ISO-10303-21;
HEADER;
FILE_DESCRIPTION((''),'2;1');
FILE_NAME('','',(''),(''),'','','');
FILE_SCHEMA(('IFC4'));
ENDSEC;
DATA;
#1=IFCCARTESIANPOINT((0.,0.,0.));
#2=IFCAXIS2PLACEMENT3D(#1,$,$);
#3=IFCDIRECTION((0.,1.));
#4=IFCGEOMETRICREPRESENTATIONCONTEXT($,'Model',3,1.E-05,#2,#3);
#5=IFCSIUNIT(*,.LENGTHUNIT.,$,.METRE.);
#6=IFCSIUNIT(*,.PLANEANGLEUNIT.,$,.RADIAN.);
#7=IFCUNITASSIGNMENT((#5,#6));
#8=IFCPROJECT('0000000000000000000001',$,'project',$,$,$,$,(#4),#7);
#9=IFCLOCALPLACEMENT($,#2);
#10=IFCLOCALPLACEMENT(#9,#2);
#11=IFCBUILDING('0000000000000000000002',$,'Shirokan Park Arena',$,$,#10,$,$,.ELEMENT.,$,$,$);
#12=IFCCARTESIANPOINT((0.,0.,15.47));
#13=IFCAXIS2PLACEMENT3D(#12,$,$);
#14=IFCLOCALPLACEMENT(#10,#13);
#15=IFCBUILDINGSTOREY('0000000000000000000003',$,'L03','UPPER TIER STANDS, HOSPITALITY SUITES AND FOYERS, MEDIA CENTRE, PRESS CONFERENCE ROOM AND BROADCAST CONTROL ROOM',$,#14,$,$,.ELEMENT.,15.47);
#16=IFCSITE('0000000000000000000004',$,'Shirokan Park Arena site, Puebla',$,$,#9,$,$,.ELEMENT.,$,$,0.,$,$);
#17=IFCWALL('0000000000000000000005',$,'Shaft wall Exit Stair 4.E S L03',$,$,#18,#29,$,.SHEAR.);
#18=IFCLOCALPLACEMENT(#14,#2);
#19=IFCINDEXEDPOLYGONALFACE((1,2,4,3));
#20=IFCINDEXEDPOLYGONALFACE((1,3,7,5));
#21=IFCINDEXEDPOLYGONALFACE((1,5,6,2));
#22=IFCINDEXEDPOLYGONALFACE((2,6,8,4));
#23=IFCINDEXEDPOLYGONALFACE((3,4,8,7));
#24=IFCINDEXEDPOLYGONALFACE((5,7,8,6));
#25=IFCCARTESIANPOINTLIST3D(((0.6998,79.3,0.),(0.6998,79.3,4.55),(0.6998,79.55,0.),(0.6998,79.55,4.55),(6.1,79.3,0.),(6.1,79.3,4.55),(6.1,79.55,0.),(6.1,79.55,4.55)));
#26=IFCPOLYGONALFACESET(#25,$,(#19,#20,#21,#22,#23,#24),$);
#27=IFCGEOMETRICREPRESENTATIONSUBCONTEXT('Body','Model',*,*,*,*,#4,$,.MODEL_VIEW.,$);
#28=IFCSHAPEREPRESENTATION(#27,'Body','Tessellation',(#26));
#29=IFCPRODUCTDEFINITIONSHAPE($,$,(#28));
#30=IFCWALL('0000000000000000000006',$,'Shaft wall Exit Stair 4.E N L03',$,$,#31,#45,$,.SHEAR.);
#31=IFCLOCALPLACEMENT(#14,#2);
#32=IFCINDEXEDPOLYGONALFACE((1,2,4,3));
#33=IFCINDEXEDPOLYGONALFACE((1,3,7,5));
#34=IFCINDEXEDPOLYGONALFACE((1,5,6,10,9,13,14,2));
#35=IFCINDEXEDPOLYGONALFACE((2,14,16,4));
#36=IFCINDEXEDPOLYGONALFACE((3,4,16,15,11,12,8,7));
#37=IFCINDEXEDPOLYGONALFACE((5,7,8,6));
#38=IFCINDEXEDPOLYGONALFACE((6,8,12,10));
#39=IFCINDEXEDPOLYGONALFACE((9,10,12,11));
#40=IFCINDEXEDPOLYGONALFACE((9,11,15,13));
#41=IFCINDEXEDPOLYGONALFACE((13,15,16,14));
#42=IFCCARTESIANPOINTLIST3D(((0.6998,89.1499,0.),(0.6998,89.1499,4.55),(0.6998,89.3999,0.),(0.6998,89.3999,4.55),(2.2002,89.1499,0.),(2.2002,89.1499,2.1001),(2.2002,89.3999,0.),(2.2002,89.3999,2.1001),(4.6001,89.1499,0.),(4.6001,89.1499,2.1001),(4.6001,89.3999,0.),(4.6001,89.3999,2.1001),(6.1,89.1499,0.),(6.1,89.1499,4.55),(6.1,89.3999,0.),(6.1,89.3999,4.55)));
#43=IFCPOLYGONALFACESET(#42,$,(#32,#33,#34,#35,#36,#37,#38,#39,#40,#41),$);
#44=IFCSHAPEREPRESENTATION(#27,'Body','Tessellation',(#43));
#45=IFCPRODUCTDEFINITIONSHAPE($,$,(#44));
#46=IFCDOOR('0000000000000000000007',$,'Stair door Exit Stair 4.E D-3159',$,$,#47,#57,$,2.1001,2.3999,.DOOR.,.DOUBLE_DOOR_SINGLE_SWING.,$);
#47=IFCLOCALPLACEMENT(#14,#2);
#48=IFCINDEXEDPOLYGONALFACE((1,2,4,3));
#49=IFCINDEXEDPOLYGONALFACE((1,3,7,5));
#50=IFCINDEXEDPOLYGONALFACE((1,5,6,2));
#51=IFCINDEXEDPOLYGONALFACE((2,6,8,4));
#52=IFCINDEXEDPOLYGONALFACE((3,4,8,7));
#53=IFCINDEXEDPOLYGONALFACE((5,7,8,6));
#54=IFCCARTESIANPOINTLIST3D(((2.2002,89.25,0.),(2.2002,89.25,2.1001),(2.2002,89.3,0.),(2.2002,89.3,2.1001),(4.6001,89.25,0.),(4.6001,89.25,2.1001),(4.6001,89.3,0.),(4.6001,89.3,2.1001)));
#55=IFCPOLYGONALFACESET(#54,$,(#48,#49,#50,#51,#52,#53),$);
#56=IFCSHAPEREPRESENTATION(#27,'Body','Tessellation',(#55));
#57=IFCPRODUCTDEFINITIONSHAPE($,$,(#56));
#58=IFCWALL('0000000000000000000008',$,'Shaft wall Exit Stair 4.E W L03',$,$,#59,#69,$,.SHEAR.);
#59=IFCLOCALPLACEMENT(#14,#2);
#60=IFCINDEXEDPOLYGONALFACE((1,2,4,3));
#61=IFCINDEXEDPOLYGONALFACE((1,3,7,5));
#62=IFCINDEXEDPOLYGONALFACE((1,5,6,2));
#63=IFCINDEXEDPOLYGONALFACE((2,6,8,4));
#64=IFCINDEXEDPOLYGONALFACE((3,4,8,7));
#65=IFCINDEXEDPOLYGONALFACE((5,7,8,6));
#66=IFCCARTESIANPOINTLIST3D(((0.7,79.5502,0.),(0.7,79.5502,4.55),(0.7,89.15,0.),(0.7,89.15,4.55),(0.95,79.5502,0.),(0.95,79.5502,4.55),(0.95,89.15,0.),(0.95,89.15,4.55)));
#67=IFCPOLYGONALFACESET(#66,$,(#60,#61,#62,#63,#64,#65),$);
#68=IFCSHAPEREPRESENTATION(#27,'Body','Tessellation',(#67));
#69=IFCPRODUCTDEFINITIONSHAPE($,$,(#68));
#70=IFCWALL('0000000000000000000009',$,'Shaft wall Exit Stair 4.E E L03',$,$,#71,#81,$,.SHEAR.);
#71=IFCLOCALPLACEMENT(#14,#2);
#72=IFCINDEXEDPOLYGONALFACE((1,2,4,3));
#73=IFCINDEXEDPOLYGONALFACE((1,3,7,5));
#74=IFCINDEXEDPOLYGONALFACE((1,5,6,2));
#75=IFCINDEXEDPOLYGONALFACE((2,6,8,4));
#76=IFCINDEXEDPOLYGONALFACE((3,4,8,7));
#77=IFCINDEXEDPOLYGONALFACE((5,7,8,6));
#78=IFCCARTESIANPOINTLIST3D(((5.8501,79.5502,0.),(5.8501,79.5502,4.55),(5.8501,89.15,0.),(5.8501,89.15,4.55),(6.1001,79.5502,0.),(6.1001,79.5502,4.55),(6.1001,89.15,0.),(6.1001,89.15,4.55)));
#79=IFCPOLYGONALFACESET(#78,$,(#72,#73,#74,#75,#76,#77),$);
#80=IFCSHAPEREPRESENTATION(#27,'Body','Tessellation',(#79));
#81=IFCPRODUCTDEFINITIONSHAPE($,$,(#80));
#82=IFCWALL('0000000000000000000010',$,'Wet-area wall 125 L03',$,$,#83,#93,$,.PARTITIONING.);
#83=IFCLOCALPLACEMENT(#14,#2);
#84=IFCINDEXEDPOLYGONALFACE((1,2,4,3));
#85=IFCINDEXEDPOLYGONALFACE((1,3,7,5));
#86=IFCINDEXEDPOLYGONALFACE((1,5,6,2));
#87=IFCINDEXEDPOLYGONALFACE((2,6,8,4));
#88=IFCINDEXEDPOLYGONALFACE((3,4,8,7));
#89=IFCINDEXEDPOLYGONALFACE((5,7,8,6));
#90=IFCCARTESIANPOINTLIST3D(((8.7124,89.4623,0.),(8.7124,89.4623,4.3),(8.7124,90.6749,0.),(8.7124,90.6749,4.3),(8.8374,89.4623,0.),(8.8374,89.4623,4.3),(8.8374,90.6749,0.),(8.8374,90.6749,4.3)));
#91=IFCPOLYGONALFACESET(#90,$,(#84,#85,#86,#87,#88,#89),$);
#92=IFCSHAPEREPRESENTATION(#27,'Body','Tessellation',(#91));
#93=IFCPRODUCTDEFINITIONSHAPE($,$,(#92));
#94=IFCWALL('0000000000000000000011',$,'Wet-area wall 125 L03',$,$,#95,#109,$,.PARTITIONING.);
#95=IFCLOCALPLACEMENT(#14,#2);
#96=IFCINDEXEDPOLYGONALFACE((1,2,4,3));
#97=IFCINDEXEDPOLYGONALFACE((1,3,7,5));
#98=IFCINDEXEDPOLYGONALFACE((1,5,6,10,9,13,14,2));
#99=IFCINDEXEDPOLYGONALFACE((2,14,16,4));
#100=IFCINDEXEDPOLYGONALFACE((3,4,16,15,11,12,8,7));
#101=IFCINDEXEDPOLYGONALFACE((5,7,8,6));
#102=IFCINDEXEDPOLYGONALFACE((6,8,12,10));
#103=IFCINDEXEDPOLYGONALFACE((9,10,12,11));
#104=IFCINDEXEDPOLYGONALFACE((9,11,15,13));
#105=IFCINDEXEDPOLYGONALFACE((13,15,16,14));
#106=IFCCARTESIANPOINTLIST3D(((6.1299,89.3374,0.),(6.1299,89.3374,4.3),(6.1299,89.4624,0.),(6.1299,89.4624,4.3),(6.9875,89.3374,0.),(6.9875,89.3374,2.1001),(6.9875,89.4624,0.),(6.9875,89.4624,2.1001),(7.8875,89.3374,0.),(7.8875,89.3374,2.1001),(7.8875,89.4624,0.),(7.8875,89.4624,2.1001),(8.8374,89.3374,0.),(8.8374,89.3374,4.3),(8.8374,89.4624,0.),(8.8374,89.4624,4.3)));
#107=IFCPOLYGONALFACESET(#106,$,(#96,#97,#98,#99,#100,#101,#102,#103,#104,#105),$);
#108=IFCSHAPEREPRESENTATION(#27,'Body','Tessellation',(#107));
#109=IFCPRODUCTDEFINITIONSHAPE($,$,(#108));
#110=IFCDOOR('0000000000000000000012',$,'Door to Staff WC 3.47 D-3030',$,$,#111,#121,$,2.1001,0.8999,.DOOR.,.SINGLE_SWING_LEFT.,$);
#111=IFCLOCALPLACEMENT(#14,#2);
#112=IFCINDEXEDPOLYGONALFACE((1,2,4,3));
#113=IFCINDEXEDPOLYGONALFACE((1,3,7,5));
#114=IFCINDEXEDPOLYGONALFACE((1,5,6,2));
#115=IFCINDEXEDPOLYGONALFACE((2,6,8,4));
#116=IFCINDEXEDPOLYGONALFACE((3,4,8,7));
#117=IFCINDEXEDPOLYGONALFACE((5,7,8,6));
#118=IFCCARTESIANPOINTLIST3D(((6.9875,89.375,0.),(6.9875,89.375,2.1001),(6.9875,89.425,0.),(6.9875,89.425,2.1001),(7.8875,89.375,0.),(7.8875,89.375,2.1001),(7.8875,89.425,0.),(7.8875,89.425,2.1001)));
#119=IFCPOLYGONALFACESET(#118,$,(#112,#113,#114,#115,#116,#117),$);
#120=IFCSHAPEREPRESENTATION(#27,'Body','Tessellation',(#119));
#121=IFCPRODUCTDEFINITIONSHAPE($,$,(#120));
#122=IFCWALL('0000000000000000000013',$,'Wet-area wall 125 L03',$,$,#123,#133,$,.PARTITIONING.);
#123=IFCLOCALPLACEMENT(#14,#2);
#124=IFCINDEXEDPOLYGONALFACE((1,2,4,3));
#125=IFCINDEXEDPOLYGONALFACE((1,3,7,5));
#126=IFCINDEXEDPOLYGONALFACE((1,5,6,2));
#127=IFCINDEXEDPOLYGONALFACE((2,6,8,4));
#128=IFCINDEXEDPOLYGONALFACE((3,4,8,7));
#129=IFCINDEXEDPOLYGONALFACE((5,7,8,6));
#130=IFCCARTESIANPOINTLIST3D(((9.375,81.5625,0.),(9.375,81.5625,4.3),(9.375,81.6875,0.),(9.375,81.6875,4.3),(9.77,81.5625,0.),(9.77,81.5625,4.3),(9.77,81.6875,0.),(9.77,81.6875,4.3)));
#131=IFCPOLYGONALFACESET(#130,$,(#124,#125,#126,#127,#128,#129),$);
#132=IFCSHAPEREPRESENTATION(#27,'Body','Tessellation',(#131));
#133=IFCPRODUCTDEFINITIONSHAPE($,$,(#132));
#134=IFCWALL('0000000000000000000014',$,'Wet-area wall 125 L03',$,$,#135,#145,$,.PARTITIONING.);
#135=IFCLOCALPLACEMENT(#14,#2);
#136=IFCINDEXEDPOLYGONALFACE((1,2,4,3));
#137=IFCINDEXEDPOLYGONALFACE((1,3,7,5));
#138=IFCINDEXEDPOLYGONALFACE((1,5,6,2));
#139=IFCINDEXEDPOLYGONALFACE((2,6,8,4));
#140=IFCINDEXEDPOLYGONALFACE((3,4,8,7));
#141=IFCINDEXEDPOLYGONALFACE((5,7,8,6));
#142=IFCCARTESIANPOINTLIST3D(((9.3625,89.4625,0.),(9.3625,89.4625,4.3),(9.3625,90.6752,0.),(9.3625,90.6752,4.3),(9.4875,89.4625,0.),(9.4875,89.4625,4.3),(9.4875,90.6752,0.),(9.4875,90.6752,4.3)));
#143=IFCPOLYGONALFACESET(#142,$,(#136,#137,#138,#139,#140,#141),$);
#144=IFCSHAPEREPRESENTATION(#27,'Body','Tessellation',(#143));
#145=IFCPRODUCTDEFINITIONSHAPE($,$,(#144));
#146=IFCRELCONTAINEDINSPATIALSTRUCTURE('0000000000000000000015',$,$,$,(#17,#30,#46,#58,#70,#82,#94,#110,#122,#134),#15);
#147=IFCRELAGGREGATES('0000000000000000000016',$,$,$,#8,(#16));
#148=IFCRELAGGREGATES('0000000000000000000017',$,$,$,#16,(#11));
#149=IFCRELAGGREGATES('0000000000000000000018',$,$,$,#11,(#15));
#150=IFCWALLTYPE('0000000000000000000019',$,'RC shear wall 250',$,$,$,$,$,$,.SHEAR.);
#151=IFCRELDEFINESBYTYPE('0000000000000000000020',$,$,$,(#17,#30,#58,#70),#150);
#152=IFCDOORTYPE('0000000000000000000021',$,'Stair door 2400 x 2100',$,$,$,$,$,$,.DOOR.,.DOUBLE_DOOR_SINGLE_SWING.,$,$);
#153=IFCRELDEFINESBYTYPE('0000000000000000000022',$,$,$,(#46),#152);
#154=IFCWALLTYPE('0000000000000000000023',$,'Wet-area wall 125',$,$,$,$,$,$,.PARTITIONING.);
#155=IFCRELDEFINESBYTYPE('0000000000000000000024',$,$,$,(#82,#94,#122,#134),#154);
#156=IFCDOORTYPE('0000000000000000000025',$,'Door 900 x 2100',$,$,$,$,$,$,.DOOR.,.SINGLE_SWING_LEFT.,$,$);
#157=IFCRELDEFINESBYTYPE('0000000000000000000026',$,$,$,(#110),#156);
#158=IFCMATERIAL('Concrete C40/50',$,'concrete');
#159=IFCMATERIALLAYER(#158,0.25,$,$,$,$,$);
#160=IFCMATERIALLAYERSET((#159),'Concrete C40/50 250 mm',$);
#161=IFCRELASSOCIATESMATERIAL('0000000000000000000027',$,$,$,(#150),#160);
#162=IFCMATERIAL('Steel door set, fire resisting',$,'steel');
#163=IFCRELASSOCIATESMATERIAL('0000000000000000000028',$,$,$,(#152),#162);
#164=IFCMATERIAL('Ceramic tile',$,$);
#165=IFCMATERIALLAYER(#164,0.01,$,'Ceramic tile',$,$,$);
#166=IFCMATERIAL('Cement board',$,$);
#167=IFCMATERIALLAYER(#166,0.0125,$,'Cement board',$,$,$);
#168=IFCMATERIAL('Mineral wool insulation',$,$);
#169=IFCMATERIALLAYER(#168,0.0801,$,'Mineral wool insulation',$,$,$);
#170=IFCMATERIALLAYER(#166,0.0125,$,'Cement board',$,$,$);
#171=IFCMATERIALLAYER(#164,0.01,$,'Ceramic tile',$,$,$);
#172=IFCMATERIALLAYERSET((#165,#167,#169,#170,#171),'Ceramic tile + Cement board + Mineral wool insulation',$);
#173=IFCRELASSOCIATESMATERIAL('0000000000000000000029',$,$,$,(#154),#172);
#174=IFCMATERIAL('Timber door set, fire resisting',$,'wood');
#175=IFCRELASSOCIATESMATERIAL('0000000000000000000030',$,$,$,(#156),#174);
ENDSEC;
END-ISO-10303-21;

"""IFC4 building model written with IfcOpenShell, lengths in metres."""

from ifc_helpers import new_model, si_unit, direction, frame, frame_2d, origin, place, context, subcontext, project, spatial, rectangle, extrude, material, layer, layer_set, type_object, element, fill, save


model = new_model("IFC4")

# Units and contexts
model_context = context("Model", 3, precision=1e-05, world=origin(), true_north=direction((0.0, 1.0)))
body_context = subcontext(model_context, "Body", "Model", "MODEL_VIEW")
ifc_project = project(units=[si_unit("LENGTHUNIT", "METRE"), si_unit("PLANEANGLEUNIT", "RADIAN")], contexts=[model_context])

# Site, building, storey
site_placement = place(None, origin())
site = spatial("IfcSite", under=ifc_project, at=site_placement, Name="Shirokan Park Arena site, Puebla", CompositionType="ELEMENT", RefElevation=0.0)
building_placement = place(site_placement, origin())
building = spatial("IfcBuilding", under=site, at=building_placement, Name="Shirokan Park Arena", CompositionType="ELEMENT")
storey_placement = place(building_placement, frame((0.0, 0.0, 15.47)))
storey = spatial("IfcBuildingStorey", under=building, at=storey_placement, Name="L03", Description="UPPER TIER STANDS, HOSPITALITY SUITES AND FOYERS, MEDIA CENTRE, PRESS CONFERENCE ROOM AND BROADCAST CONTROL ROOM", CompositionType="ELEMENT", Elevation=15.47)

# Shared definitions
ifc_material_1 = material(Name="Mineral wool insulation")

# Shared definitions
ifc_material_2 = material(Name="Steel door set, fire resisting", Category="steel")

# Wall
ifc_material_3 = material(Name="Concrete C40/50", Category="concrete")
ifc_layer_1 = layer(ifc_material_3, 0.25)
ifc_layer_set_1 = layer_set([ifc_layer_1], Name="Concrete C40/50 250 mm")
wall_type_1 = type_object("IfcWallType", Name="RC shear wall 250", PredefinedType="SHEAR", material=ifc_layer_set_1)
wall_1_placement = place(storey_placement, frame((6.1001, 79.425, 0.0), z_axis=(0.0, 0.0, 1.0), x_axis=(-1.0, 0.0, 0.0)))
element("IfcWall", 1, at=wall_1_placement, inside=storey, type_object=wall_type_1, Name="Shaft wall Exit Stair 4.E S L03", PredefinedType="SHEAR", context=body_context, shape_type="SweptSolid", body=[
    extrude(rectangle(XDim=5.4001, YDim=0.25, at=frame_2d((2.7002, 0.0))), origin(), (0.0, 0.0, 1.0), 4.55),
])

# Wall, opening, door
wall_2_placement = place(storey_placement, frame((6.1001, 89.2749, 0.0), z_axis=(0.0, 0.0, 1.0), x_axis=(-1.0, 0.0, 0.0)))
wall_2 = element("IfcWall", 2, at=wall_2_placement, inside=storey, type_object=wall_type_1, Name="Shaft wall Exit Stair 4.E N L03", PredefinedType="SHEAR", context=body_context, shape_type="SweptSolid", body=[
    extrude(rectangle(XDim=5.4001, YDim=0.25, at=frame_2d((2.7002, 0.0))), origin(), (0.0, 0.0, 1.0), 4.55),
])
opening_1_placement = place(wall_2_placement, frame((1.5, 0.0, 0.0)))
opening_1 = element("IfcOpeningElement", 3, at=opening_1_placement, cuts=wall_2, PredefinedType="OPENING", context=body_context, shape_type="SweptSolid", body=[
    extrude(rectangle(XDim=2.3999, YDim=2.1001, at=frame_2d((1.2, 1.05))), frame((0.0, 0.135, 0.0), z_axis=(0.0, -1.0, 0.0), x_axis=(1.0, 0.0, 0.0)), (0.0, 0.0, 1.0), 0.27),
])
door_type_1 = type_object("IfcDoorType", Name="Stair door 2400 x 2100", OperationType="DOUBLE_DOOR_SINGLE_SWING", PredefinedType="DOOR", material=ifc_material_2)
door_1_placement = place(opening_1_placement, origin())
door_1 = element("IfcDoor", 4, at=door_1_placement, inside=storey, type_object=door_type_1, Name="Stair door Exit Stair 4.E D-3159", OperationType="DOUBLE_DOOR_SINGLE_SWING", OverallHeight=2.1001, OverallWidth=2.3999, PredefinedType="DOOR", context=body_context, shape_type="SweptSolid", body=[
    extrude(rectangle(XDim=2.3999, YDim=2.1001, at=frame_2d((1.2, 1.05))), frame((0.0, 0.0249, 0.0), z_axis=(0.0, -1.0, 0.0), x_axis=(1.0, 0.0, 0.0)), (0.0, 0.0, 1.0), 0.05),
])
fill(opening_1, door_1)

# Walls
for number, where, z_axis, x_axis, name in (
    (5, (0.825, 89.1499, 0.0), (0.0, 0.0, 1.0), (0.0, -1.0, 0.0), "Shaft wall Exit Stair 4.E W L03"),
    (6, (5.9751, 89.1499, 0.0), (0.0, 0.0, 1.0), (0.0, -1.0, 0.0), "Shaft wall Exit Stair 4.E E L03"),
):
    element("IfcWall", number, at=place(storey_placement, frame(where, z_axis=z_axis, x_axis=x_axis)), inside=storey, type_object=wall_type_1, Name=name, PredefinedType="SHEAR", context=body_context, shape_type="SweptSolid", body=[
        extrude(rectangle(XDim=9.5999, YDim=0.25, at=frame_2d((4.7998, 0.0))), origin(), (0.0, 0.0, 1.0), 4.55),
    ])
ifc_material_4 = material(Name="Ceramic tile")
ifc_layer_2 = layer(ifc_material_4, 0.01, Name="Ceramic tile")
ifc_material_5 = material(Name="Cement board")
ifc_layer_3 = layer(ifc_material_5, 0.0125, Name="Cement board")
ifc_layer_4 = layer(ifc_material_1, 0.0801, Name="Mineral wool insulation")
ifc_layer_5 = layer(ifc_material_5, 0.0125, Name="Cement board")
ifc_layer_6 = layer(ifc_material_4, 0.01, Name="Ceramic tile")
ifc_layer_set_2 = layer_set([ifc_layer_2, ifc_layer_3, ifc_layer_4, ifc_layer_5, ifc_layer_6], Name="Ceramic tile + Cement board + Mineral wool insulation")
wall_type_2 = type_object("IfcWallType", Name="Wet-area wall 125", PredefinedType="PARTITIONING", material=ifc_layer_set_2)
wall_3_placement = place(storey_placement, frame((8.7749, 90.675, 0.0), z_axis=(0.0, 0.0, 1.0), x_axis=(0.0, -1.0, 0.0)))
element("IfcWall", 7, at=wall_3_placement, inside=storey, type_object=wall_type_2, Name="Wet-area wall 125 L03", PredefinedType="PARTITIONING", context=body_context, shape_type="SweptSolid", body=[
    extrude(rectangle(XDim=1.2126, YDim=0.125, at=frame_2d((0.6064, 0.0))), origin(), (0.0, 0.0, 1.0), 4.3),
])

# Wall, opening, door
wall_4_placement = place(storey_placement, frame((8.8374, 89.3999, 0.0), z_axis=(0.0, 0.0, 1.0), x_axis=(-1.0, 0.0, 0.0)))
wall_4 = element("IfcWall", 8, at=wall_4_placement, inside=storey, type_object=wall_type_2, Name="Wet-area wall 125 L03", PredefinedType="PARTITIONING", context=body_context, shape_type="SweptSolid", body=[
    extrude(rectangle(XDim=2.7075, YDim=0.125, at=frame_2d((1.3538, 0.0))), origin(), (0.0, 0.0, 1.0), 4.3),
])
opening_2_placement = place(wall_4_placement, frame((0.95, 0.0, 0.0)))
opening_2 = element("IfcOpeningElement", 9, at=opening_2_placement, cuts=wall_4, PredefinedType="OPENING", context=body_context, shape_type="SweptSolid", body=[
    extrude(rectangle(XDim=0.8999, YDim=2.1001, at=frame_2d((0.45, 1.05))), frame((0.0, 0.0725, 0.0), z_axis=(0.0, -1.0, 0.0), x_axis=(1.0, 0.0, 0.0)), (0.0, 0.0, 1.0), 0.145),
])
ifc_material_6 = material(Name="Timber door set, fire resisting", Category="wood")
door_type_2 = type_object("IfcDoorType", Name="Door 900 x 2100", OperationType="SINGLE_SWING_LEFT", PredefinedType="DOOR", material=ifc_material_6)
door_2_placement = place(opening_2_placement, origin())
door_2 = element("IfcDoor", 10, at=door_2_placement, inside=storey, type_object=door_type_2, Name="Door to Staff WC 3.47 D-3030", OperationType="SINGLE_SWING_LEFT", OverallHeight=2.1001, OverallWidth=0.8999, PredefinedType="DOOR", context=body_context, shape_type="SweptSolid", body=[
    extrude(rectangle(XDim=0.8999, YDim=2.1001, at=frame_2d((0.45, 1.05))), frame((0.0, 0.0249, 0.0), z_axis=(0.0, -1.0, 0.0), x_axis=(1.0, 0.0, 0.0)), (0.0, 0.0, 1.0), 0.05),
])
fill(opening_2, door_2)

# Walls
wall_5_placement = place(storey_placement, frame((9.375, 81.625, 0.0), z_axis=(0.0, 0.0, 1.0), x_axis=(1.0, 0.0, 0.0)))
element("IfcWall", 11, at=wall_5_placement, inside=storey, type_object=wall_type_2, Name="Wet-area wall 125 L03", PredefinedType="PARTITIONING", context=body_context, shape_type="SweptSolid", body=[
    extrude(rectangle(XDim=0.395, YDim=0.125, at=frame_2d((0.1975, 0.0))), origin(), (0.0, 0.0, 1.0), 4.3),
])
wall_6_placement = place(storey_placement, frame((9.425, 89.4624, 0.0), z_axis=(0.0, 0.0, 1.0), x_axis=(0.0, 1.0, 0.0)))
element("IfcWall", 12, at=wall_6_placement, inside=storey, type_object=wall_type_2, Name="Wet-area wall 125 L03", PredefinedType="PARTITIONING", context=body_context, shape_type="SweptSolid", body=[
    extrude(rectangle(XDim=1.2126, YDim=0.125, at=frame_2d((0.6064, 0.0))), origin(), (0.0, 0.0, 1.0), 4.3),
])

save(model, "model.ifc")
